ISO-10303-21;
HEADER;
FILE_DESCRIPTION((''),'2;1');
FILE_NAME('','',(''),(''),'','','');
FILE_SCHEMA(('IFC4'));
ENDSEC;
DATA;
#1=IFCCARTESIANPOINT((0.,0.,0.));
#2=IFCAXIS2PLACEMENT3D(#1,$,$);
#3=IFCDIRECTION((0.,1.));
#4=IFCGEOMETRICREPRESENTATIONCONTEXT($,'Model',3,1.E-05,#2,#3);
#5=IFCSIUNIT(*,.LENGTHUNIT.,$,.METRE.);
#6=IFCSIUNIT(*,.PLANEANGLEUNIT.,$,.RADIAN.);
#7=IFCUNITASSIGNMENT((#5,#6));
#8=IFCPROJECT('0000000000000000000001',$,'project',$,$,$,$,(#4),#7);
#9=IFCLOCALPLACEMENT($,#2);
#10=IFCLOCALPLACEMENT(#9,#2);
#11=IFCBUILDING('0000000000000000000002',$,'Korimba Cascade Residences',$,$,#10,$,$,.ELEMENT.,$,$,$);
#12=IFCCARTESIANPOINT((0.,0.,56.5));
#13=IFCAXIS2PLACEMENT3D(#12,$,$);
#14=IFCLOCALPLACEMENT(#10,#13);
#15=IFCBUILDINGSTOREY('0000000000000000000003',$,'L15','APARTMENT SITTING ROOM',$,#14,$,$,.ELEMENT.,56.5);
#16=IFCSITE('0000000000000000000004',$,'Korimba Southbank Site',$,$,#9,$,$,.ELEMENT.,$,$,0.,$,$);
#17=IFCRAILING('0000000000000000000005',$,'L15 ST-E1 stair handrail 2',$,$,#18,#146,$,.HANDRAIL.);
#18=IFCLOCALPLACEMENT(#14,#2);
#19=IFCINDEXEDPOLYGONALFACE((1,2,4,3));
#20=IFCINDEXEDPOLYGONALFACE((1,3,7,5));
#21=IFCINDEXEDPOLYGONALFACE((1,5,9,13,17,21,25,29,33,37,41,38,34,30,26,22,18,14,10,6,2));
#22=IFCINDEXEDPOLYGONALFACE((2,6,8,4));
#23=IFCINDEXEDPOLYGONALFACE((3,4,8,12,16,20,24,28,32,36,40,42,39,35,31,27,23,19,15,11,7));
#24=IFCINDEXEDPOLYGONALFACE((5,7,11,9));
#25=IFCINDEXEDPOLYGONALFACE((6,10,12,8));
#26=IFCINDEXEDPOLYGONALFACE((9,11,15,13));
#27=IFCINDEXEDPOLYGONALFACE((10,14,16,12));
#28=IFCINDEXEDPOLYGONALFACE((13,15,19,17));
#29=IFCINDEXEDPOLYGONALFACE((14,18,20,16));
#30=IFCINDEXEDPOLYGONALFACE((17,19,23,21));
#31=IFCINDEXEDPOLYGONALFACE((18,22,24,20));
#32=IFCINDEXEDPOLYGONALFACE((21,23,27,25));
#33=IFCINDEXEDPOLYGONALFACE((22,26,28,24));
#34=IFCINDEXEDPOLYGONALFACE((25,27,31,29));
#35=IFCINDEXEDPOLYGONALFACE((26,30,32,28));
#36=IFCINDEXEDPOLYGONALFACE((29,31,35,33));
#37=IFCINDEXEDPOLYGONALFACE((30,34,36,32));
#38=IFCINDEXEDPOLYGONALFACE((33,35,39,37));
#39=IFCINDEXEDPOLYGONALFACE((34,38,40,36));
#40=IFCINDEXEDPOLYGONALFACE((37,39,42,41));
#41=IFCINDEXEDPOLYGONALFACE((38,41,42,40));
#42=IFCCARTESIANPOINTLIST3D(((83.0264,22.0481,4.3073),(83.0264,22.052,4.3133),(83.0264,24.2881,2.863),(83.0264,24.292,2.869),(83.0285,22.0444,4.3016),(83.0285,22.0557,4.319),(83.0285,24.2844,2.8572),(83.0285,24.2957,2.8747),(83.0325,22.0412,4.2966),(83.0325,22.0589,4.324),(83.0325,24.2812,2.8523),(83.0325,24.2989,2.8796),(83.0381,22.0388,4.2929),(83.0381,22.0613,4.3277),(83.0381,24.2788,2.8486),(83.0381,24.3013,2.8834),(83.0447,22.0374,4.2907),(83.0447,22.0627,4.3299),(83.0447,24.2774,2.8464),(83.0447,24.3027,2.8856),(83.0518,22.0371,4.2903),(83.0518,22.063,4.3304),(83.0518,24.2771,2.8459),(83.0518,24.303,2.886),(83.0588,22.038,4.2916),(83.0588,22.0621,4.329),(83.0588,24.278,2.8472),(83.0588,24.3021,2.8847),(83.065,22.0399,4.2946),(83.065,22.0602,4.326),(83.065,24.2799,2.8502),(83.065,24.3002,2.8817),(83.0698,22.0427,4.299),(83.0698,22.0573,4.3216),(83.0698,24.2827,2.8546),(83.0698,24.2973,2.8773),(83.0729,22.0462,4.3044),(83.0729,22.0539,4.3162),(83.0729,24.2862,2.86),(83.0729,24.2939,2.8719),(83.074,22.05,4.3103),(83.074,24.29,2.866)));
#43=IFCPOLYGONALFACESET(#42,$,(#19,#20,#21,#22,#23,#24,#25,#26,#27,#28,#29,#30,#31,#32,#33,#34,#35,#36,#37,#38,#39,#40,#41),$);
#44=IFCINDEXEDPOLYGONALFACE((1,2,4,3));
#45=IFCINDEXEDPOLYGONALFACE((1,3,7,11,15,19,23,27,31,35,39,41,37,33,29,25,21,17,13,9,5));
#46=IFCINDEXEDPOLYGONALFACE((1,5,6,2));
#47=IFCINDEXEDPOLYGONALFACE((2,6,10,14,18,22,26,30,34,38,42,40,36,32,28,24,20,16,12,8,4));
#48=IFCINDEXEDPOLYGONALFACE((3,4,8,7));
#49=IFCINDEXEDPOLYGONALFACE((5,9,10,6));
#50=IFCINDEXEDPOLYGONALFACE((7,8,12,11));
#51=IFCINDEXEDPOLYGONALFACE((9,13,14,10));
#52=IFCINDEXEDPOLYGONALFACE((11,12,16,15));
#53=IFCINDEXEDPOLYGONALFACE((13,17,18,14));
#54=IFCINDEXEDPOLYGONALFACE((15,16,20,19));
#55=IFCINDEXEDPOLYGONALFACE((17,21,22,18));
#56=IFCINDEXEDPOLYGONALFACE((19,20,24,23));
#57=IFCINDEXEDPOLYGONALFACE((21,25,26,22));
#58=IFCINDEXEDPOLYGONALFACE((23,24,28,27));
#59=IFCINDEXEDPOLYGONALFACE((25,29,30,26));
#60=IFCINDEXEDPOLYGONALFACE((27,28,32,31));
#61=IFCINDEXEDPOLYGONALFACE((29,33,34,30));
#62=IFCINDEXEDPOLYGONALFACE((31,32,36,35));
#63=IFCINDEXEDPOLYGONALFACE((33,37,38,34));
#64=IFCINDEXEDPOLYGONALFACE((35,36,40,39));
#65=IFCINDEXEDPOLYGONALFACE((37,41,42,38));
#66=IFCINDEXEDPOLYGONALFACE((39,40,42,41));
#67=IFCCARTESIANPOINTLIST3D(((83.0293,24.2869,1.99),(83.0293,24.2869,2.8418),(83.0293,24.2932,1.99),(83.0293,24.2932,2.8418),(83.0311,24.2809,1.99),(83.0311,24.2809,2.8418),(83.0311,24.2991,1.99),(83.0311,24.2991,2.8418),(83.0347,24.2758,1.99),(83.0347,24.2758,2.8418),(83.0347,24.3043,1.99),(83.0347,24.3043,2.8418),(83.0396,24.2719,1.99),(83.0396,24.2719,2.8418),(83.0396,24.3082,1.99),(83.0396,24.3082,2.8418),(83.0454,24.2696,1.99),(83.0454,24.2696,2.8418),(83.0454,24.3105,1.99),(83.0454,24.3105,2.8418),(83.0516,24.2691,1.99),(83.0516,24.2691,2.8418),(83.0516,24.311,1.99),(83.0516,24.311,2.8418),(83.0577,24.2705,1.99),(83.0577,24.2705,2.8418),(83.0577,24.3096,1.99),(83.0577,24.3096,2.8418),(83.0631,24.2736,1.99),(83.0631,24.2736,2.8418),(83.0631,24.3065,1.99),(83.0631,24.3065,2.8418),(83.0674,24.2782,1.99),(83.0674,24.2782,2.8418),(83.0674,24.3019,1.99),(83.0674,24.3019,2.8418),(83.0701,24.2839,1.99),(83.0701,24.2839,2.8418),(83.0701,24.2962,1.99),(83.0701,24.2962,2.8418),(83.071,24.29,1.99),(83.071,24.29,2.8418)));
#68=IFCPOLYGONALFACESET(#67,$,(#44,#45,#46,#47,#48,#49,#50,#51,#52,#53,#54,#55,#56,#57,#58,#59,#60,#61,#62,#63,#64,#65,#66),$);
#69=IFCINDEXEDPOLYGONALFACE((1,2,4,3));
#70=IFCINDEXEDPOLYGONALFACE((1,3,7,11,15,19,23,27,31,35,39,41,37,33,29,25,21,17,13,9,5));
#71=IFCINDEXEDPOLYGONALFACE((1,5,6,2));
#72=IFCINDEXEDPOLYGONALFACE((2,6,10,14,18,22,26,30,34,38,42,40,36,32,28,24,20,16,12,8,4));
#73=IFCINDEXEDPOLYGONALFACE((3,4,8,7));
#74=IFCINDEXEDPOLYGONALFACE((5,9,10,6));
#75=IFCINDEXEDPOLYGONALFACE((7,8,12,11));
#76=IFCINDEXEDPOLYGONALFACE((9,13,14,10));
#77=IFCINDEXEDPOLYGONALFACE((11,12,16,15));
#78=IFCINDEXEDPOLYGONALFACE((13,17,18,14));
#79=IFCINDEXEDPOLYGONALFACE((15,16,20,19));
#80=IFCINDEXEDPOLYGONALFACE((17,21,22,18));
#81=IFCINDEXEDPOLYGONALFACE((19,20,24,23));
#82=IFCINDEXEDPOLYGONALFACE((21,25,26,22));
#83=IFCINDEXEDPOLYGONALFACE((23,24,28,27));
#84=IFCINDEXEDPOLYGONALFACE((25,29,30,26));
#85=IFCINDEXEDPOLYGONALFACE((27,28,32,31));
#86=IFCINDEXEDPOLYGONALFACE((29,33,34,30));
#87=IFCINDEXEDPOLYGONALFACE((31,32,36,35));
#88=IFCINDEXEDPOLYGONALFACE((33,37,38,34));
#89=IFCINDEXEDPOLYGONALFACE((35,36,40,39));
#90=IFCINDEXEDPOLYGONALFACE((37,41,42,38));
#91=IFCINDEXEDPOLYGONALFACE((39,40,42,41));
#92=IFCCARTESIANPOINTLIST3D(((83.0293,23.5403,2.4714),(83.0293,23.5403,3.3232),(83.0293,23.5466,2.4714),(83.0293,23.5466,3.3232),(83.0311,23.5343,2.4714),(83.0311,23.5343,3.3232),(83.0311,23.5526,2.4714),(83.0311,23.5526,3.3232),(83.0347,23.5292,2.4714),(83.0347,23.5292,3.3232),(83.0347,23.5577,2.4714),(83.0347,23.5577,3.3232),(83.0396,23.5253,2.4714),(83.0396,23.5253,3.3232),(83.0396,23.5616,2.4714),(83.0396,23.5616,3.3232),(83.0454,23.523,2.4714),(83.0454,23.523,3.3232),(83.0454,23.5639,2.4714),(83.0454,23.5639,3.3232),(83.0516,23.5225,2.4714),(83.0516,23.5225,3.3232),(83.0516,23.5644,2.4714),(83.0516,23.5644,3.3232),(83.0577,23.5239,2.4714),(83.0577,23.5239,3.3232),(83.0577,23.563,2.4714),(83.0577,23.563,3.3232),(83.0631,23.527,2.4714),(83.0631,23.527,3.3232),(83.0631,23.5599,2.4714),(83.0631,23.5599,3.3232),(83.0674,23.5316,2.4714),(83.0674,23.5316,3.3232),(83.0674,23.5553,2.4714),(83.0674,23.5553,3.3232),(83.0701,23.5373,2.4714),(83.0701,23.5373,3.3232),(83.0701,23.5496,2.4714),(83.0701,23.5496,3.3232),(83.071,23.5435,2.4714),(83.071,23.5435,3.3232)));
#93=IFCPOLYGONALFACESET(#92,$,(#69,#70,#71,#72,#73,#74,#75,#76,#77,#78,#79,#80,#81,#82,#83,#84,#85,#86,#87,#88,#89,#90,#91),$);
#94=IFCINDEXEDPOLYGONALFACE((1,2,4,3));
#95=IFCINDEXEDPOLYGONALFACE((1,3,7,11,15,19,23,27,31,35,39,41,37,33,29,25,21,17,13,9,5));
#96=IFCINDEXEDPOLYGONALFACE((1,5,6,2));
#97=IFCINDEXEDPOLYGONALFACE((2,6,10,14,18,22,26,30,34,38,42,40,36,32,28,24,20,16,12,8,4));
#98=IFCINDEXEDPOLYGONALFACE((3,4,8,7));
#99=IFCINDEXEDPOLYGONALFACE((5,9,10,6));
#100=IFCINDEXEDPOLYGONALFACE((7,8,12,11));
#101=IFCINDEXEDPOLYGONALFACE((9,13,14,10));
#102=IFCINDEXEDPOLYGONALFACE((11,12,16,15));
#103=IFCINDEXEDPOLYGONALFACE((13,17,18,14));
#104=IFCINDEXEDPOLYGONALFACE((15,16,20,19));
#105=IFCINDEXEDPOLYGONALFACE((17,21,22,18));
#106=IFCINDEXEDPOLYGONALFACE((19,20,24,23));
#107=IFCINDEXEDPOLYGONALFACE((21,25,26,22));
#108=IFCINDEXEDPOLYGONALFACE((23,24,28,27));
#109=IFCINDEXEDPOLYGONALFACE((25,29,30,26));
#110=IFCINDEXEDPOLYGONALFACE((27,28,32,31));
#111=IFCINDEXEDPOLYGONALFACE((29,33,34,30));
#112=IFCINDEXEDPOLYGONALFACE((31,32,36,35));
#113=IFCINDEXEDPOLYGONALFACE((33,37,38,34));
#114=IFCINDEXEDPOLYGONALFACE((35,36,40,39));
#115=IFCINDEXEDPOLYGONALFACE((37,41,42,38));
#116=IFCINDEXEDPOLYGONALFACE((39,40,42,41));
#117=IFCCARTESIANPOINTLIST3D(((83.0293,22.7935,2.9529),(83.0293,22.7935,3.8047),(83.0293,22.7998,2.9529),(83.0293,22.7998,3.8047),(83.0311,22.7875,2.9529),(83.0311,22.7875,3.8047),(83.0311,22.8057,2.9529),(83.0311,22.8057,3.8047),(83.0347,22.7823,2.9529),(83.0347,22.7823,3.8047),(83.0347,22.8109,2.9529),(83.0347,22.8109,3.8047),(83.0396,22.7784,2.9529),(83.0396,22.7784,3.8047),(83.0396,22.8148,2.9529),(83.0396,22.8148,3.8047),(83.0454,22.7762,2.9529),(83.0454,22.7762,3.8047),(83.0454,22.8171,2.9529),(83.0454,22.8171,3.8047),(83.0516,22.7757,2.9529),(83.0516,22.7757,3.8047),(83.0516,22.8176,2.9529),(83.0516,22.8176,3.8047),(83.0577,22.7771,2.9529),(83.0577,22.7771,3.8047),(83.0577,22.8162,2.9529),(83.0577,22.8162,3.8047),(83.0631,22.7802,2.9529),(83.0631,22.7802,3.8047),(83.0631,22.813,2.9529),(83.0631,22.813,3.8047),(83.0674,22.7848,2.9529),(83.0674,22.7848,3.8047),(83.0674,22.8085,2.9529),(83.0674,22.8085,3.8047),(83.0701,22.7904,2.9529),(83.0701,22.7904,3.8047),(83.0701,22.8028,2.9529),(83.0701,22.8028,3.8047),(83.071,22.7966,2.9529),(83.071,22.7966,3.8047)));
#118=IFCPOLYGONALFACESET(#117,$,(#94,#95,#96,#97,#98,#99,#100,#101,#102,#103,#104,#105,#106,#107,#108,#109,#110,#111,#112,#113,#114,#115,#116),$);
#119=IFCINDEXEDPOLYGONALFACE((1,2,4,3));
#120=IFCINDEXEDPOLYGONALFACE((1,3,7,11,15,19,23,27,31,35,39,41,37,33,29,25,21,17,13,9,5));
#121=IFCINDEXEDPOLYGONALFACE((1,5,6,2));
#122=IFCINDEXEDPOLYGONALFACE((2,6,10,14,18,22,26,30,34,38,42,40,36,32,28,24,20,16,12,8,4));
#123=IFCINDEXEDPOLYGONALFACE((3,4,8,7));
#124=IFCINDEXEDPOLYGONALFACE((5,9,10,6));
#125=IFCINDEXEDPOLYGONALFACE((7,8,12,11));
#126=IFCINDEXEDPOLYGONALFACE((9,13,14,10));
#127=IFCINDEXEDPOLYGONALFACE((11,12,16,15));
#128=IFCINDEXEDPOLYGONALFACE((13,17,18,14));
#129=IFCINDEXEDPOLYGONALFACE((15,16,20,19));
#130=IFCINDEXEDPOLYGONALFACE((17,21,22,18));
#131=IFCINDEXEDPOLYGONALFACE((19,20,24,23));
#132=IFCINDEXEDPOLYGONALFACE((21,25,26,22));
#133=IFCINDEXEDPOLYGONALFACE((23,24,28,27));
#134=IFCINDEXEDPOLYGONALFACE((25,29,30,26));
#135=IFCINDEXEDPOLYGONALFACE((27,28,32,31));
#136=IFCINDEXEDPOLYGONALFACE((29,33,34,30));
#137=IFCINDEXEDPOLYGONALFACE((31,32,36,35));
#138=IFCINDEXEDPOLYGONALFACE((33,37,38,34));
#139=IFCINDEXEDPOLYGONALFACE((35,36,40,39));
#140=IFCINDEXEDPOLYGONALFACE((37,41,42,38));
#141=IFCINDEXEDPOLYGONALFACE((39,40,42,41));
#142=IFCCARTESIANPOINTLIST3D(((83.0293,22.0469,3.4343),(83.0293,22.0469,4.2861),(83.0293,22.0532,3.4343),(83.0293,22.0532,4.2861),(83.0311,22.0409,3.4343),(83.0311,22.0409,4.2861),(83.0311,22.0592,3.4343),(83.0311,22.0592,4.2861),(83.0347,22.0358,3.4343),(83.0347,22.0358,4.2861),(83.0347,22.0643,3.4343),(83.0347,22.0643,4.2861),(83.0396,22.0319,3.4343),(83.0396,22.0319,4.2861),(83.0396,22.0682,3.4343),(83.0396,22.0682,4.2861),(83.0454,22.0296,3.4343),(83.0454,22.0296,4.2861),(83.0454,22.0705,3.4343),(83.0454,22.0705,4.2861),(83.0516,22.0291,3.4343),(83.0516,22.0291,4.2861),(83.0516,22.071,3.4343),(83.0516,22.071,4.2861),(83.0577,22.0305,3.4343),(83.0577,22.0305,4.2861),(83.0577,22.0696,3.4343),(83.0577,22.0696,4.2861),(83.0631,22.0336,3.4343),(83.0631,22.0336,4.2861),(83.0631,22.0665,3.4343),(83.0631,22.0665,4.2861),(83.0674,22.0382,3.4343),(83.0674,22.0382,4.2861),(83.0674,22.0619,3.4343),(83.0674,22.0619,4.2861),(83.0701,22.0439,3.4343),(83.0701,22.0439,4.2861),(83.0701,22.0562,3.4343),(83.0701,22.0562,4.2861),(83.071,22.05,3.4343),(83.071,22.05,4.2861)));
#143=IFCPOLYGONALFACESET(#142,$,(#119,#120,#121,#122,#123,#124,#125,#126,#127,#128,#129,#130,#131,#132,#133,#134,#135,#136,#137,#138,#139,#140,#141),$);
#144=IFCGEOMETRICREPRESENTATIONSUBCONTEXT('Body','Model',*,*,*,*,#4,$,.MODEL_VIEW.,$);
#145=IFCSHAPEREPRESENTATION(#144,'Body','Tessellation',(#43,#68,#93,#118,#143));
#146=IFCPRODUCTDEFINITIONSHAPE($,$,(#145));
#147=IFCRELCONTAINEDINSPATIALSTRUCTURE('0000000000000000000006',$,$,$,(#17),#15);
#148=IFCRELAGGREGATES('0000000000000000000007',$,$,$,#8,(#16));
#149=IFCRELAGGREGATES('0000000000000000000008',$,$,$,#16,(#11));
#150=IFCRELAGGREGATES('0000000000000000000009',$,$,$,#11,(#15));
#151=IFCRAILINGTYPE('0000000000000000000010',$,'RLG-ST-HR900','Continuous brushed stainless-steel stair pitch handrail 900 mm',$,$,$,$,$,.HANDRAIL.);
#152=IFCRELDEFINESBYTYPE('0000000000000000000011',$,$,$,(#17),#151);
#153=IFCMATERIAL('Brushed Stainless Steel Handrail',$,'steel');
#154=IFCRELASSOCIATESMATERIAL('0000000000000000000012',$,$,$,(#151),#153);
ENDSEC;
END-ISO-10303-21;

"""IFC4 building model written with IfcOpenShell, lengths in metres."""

from ifc_helpers import new_model, si_unit, direction, frame, origin, origin_2d, place, context, subcontext, project, spatial, circle, extrude, material, type_object, element, save


model = new_model("IFC4")

# Units and contexts
model_context = context("Model", 3, precision=1e-05, world=origin(), true_north=direction((0.0, 1.0)))
body_context = subcontext(model_context, "Body", "Model", "MODEL_VIEW")
ifc_project = project(units=[si_unit("LENGTHUNIT", "METRE"), si_unit("PLANEANGLEUNIT", "RADIAN")], contexts=[model_context])

# Site, building, storey
site_placement = place(None, origin())
site = spatial("IfcSite", under=ifc_project, at=site_placement, Name="Korimba Southbank Site", CompositionType="ELEMENT", RefElevation=0.0)
building_placement = place(site_placement, origin())
building = spatial("IfcBuilding", under=site, at=building_placement, Name="Korimba Cascade Residences", CompositionType="ELEMENT")
storey_placement = place(building_placement, frame((0.0, 0.0, 56.5)))
storey = spatial("IfcBuildingStorey", under=building, at=storey_placement, Name="L15", Description="APARTMENT SITTING ROOM", CompositionType="ELEMENT", Elevation=56.5)

# Railing
ifc_material_1 = material(Name="Brushed Stainless Steel Handrail", Category="steel")
railing_type_1 = type_object("IfcRailingType", Name="RLG-ST-HR900", Description="Continuous brushed stainless-steel stair pitch handrail 900 mm", PredefinedType="HANDRAIL", material=ifc_material_1)
railing_1_placement = place(storey_placement, frame((83.05, 24.29, 1.99)))
element("IfcRailing", 1, at=railing_1_placement, inside=storey, type_object=railing_type_1, Name="L15 ST-E1 stair handrail 2", PredefinedType="HANDRAIL", context=body_context, shape_type="SweptSolid", body=[
    extrude(circle(Radius=0.0239, at=origin_2d()), frame((0.0, 0.0, 0.876), z_axis=(0.0, -0.840437, 0.54191), x_axis=(1.0, 0.0, 0.0)), (0.0, 0.0, 1.0), 2.6653),
    extrude(circle(Radius=0.021, at=origin_2d()), origin(), (0.0, 0.0, 1.0), 0.8518),
    extrude(circle(Radius=0.021, at=origin_2d()), frame((0.0, -0.7466, 0.4814)), (0.0, 0.0, 1.0), 0.8518),
    extrude(circle(Radius=0.021, at=origin_2d()), frame((0.0, -1.4934, 0.9629)), (0.0, 0.0, 1.0), 0.8518),
    extrude(circle(Radius=0.021, at=origin_2d()), frame((0.0, -2.24, 1.4443)), (0.0, 0.0, 1.0), 0.8518),
])

save(model, "model.ifc")
